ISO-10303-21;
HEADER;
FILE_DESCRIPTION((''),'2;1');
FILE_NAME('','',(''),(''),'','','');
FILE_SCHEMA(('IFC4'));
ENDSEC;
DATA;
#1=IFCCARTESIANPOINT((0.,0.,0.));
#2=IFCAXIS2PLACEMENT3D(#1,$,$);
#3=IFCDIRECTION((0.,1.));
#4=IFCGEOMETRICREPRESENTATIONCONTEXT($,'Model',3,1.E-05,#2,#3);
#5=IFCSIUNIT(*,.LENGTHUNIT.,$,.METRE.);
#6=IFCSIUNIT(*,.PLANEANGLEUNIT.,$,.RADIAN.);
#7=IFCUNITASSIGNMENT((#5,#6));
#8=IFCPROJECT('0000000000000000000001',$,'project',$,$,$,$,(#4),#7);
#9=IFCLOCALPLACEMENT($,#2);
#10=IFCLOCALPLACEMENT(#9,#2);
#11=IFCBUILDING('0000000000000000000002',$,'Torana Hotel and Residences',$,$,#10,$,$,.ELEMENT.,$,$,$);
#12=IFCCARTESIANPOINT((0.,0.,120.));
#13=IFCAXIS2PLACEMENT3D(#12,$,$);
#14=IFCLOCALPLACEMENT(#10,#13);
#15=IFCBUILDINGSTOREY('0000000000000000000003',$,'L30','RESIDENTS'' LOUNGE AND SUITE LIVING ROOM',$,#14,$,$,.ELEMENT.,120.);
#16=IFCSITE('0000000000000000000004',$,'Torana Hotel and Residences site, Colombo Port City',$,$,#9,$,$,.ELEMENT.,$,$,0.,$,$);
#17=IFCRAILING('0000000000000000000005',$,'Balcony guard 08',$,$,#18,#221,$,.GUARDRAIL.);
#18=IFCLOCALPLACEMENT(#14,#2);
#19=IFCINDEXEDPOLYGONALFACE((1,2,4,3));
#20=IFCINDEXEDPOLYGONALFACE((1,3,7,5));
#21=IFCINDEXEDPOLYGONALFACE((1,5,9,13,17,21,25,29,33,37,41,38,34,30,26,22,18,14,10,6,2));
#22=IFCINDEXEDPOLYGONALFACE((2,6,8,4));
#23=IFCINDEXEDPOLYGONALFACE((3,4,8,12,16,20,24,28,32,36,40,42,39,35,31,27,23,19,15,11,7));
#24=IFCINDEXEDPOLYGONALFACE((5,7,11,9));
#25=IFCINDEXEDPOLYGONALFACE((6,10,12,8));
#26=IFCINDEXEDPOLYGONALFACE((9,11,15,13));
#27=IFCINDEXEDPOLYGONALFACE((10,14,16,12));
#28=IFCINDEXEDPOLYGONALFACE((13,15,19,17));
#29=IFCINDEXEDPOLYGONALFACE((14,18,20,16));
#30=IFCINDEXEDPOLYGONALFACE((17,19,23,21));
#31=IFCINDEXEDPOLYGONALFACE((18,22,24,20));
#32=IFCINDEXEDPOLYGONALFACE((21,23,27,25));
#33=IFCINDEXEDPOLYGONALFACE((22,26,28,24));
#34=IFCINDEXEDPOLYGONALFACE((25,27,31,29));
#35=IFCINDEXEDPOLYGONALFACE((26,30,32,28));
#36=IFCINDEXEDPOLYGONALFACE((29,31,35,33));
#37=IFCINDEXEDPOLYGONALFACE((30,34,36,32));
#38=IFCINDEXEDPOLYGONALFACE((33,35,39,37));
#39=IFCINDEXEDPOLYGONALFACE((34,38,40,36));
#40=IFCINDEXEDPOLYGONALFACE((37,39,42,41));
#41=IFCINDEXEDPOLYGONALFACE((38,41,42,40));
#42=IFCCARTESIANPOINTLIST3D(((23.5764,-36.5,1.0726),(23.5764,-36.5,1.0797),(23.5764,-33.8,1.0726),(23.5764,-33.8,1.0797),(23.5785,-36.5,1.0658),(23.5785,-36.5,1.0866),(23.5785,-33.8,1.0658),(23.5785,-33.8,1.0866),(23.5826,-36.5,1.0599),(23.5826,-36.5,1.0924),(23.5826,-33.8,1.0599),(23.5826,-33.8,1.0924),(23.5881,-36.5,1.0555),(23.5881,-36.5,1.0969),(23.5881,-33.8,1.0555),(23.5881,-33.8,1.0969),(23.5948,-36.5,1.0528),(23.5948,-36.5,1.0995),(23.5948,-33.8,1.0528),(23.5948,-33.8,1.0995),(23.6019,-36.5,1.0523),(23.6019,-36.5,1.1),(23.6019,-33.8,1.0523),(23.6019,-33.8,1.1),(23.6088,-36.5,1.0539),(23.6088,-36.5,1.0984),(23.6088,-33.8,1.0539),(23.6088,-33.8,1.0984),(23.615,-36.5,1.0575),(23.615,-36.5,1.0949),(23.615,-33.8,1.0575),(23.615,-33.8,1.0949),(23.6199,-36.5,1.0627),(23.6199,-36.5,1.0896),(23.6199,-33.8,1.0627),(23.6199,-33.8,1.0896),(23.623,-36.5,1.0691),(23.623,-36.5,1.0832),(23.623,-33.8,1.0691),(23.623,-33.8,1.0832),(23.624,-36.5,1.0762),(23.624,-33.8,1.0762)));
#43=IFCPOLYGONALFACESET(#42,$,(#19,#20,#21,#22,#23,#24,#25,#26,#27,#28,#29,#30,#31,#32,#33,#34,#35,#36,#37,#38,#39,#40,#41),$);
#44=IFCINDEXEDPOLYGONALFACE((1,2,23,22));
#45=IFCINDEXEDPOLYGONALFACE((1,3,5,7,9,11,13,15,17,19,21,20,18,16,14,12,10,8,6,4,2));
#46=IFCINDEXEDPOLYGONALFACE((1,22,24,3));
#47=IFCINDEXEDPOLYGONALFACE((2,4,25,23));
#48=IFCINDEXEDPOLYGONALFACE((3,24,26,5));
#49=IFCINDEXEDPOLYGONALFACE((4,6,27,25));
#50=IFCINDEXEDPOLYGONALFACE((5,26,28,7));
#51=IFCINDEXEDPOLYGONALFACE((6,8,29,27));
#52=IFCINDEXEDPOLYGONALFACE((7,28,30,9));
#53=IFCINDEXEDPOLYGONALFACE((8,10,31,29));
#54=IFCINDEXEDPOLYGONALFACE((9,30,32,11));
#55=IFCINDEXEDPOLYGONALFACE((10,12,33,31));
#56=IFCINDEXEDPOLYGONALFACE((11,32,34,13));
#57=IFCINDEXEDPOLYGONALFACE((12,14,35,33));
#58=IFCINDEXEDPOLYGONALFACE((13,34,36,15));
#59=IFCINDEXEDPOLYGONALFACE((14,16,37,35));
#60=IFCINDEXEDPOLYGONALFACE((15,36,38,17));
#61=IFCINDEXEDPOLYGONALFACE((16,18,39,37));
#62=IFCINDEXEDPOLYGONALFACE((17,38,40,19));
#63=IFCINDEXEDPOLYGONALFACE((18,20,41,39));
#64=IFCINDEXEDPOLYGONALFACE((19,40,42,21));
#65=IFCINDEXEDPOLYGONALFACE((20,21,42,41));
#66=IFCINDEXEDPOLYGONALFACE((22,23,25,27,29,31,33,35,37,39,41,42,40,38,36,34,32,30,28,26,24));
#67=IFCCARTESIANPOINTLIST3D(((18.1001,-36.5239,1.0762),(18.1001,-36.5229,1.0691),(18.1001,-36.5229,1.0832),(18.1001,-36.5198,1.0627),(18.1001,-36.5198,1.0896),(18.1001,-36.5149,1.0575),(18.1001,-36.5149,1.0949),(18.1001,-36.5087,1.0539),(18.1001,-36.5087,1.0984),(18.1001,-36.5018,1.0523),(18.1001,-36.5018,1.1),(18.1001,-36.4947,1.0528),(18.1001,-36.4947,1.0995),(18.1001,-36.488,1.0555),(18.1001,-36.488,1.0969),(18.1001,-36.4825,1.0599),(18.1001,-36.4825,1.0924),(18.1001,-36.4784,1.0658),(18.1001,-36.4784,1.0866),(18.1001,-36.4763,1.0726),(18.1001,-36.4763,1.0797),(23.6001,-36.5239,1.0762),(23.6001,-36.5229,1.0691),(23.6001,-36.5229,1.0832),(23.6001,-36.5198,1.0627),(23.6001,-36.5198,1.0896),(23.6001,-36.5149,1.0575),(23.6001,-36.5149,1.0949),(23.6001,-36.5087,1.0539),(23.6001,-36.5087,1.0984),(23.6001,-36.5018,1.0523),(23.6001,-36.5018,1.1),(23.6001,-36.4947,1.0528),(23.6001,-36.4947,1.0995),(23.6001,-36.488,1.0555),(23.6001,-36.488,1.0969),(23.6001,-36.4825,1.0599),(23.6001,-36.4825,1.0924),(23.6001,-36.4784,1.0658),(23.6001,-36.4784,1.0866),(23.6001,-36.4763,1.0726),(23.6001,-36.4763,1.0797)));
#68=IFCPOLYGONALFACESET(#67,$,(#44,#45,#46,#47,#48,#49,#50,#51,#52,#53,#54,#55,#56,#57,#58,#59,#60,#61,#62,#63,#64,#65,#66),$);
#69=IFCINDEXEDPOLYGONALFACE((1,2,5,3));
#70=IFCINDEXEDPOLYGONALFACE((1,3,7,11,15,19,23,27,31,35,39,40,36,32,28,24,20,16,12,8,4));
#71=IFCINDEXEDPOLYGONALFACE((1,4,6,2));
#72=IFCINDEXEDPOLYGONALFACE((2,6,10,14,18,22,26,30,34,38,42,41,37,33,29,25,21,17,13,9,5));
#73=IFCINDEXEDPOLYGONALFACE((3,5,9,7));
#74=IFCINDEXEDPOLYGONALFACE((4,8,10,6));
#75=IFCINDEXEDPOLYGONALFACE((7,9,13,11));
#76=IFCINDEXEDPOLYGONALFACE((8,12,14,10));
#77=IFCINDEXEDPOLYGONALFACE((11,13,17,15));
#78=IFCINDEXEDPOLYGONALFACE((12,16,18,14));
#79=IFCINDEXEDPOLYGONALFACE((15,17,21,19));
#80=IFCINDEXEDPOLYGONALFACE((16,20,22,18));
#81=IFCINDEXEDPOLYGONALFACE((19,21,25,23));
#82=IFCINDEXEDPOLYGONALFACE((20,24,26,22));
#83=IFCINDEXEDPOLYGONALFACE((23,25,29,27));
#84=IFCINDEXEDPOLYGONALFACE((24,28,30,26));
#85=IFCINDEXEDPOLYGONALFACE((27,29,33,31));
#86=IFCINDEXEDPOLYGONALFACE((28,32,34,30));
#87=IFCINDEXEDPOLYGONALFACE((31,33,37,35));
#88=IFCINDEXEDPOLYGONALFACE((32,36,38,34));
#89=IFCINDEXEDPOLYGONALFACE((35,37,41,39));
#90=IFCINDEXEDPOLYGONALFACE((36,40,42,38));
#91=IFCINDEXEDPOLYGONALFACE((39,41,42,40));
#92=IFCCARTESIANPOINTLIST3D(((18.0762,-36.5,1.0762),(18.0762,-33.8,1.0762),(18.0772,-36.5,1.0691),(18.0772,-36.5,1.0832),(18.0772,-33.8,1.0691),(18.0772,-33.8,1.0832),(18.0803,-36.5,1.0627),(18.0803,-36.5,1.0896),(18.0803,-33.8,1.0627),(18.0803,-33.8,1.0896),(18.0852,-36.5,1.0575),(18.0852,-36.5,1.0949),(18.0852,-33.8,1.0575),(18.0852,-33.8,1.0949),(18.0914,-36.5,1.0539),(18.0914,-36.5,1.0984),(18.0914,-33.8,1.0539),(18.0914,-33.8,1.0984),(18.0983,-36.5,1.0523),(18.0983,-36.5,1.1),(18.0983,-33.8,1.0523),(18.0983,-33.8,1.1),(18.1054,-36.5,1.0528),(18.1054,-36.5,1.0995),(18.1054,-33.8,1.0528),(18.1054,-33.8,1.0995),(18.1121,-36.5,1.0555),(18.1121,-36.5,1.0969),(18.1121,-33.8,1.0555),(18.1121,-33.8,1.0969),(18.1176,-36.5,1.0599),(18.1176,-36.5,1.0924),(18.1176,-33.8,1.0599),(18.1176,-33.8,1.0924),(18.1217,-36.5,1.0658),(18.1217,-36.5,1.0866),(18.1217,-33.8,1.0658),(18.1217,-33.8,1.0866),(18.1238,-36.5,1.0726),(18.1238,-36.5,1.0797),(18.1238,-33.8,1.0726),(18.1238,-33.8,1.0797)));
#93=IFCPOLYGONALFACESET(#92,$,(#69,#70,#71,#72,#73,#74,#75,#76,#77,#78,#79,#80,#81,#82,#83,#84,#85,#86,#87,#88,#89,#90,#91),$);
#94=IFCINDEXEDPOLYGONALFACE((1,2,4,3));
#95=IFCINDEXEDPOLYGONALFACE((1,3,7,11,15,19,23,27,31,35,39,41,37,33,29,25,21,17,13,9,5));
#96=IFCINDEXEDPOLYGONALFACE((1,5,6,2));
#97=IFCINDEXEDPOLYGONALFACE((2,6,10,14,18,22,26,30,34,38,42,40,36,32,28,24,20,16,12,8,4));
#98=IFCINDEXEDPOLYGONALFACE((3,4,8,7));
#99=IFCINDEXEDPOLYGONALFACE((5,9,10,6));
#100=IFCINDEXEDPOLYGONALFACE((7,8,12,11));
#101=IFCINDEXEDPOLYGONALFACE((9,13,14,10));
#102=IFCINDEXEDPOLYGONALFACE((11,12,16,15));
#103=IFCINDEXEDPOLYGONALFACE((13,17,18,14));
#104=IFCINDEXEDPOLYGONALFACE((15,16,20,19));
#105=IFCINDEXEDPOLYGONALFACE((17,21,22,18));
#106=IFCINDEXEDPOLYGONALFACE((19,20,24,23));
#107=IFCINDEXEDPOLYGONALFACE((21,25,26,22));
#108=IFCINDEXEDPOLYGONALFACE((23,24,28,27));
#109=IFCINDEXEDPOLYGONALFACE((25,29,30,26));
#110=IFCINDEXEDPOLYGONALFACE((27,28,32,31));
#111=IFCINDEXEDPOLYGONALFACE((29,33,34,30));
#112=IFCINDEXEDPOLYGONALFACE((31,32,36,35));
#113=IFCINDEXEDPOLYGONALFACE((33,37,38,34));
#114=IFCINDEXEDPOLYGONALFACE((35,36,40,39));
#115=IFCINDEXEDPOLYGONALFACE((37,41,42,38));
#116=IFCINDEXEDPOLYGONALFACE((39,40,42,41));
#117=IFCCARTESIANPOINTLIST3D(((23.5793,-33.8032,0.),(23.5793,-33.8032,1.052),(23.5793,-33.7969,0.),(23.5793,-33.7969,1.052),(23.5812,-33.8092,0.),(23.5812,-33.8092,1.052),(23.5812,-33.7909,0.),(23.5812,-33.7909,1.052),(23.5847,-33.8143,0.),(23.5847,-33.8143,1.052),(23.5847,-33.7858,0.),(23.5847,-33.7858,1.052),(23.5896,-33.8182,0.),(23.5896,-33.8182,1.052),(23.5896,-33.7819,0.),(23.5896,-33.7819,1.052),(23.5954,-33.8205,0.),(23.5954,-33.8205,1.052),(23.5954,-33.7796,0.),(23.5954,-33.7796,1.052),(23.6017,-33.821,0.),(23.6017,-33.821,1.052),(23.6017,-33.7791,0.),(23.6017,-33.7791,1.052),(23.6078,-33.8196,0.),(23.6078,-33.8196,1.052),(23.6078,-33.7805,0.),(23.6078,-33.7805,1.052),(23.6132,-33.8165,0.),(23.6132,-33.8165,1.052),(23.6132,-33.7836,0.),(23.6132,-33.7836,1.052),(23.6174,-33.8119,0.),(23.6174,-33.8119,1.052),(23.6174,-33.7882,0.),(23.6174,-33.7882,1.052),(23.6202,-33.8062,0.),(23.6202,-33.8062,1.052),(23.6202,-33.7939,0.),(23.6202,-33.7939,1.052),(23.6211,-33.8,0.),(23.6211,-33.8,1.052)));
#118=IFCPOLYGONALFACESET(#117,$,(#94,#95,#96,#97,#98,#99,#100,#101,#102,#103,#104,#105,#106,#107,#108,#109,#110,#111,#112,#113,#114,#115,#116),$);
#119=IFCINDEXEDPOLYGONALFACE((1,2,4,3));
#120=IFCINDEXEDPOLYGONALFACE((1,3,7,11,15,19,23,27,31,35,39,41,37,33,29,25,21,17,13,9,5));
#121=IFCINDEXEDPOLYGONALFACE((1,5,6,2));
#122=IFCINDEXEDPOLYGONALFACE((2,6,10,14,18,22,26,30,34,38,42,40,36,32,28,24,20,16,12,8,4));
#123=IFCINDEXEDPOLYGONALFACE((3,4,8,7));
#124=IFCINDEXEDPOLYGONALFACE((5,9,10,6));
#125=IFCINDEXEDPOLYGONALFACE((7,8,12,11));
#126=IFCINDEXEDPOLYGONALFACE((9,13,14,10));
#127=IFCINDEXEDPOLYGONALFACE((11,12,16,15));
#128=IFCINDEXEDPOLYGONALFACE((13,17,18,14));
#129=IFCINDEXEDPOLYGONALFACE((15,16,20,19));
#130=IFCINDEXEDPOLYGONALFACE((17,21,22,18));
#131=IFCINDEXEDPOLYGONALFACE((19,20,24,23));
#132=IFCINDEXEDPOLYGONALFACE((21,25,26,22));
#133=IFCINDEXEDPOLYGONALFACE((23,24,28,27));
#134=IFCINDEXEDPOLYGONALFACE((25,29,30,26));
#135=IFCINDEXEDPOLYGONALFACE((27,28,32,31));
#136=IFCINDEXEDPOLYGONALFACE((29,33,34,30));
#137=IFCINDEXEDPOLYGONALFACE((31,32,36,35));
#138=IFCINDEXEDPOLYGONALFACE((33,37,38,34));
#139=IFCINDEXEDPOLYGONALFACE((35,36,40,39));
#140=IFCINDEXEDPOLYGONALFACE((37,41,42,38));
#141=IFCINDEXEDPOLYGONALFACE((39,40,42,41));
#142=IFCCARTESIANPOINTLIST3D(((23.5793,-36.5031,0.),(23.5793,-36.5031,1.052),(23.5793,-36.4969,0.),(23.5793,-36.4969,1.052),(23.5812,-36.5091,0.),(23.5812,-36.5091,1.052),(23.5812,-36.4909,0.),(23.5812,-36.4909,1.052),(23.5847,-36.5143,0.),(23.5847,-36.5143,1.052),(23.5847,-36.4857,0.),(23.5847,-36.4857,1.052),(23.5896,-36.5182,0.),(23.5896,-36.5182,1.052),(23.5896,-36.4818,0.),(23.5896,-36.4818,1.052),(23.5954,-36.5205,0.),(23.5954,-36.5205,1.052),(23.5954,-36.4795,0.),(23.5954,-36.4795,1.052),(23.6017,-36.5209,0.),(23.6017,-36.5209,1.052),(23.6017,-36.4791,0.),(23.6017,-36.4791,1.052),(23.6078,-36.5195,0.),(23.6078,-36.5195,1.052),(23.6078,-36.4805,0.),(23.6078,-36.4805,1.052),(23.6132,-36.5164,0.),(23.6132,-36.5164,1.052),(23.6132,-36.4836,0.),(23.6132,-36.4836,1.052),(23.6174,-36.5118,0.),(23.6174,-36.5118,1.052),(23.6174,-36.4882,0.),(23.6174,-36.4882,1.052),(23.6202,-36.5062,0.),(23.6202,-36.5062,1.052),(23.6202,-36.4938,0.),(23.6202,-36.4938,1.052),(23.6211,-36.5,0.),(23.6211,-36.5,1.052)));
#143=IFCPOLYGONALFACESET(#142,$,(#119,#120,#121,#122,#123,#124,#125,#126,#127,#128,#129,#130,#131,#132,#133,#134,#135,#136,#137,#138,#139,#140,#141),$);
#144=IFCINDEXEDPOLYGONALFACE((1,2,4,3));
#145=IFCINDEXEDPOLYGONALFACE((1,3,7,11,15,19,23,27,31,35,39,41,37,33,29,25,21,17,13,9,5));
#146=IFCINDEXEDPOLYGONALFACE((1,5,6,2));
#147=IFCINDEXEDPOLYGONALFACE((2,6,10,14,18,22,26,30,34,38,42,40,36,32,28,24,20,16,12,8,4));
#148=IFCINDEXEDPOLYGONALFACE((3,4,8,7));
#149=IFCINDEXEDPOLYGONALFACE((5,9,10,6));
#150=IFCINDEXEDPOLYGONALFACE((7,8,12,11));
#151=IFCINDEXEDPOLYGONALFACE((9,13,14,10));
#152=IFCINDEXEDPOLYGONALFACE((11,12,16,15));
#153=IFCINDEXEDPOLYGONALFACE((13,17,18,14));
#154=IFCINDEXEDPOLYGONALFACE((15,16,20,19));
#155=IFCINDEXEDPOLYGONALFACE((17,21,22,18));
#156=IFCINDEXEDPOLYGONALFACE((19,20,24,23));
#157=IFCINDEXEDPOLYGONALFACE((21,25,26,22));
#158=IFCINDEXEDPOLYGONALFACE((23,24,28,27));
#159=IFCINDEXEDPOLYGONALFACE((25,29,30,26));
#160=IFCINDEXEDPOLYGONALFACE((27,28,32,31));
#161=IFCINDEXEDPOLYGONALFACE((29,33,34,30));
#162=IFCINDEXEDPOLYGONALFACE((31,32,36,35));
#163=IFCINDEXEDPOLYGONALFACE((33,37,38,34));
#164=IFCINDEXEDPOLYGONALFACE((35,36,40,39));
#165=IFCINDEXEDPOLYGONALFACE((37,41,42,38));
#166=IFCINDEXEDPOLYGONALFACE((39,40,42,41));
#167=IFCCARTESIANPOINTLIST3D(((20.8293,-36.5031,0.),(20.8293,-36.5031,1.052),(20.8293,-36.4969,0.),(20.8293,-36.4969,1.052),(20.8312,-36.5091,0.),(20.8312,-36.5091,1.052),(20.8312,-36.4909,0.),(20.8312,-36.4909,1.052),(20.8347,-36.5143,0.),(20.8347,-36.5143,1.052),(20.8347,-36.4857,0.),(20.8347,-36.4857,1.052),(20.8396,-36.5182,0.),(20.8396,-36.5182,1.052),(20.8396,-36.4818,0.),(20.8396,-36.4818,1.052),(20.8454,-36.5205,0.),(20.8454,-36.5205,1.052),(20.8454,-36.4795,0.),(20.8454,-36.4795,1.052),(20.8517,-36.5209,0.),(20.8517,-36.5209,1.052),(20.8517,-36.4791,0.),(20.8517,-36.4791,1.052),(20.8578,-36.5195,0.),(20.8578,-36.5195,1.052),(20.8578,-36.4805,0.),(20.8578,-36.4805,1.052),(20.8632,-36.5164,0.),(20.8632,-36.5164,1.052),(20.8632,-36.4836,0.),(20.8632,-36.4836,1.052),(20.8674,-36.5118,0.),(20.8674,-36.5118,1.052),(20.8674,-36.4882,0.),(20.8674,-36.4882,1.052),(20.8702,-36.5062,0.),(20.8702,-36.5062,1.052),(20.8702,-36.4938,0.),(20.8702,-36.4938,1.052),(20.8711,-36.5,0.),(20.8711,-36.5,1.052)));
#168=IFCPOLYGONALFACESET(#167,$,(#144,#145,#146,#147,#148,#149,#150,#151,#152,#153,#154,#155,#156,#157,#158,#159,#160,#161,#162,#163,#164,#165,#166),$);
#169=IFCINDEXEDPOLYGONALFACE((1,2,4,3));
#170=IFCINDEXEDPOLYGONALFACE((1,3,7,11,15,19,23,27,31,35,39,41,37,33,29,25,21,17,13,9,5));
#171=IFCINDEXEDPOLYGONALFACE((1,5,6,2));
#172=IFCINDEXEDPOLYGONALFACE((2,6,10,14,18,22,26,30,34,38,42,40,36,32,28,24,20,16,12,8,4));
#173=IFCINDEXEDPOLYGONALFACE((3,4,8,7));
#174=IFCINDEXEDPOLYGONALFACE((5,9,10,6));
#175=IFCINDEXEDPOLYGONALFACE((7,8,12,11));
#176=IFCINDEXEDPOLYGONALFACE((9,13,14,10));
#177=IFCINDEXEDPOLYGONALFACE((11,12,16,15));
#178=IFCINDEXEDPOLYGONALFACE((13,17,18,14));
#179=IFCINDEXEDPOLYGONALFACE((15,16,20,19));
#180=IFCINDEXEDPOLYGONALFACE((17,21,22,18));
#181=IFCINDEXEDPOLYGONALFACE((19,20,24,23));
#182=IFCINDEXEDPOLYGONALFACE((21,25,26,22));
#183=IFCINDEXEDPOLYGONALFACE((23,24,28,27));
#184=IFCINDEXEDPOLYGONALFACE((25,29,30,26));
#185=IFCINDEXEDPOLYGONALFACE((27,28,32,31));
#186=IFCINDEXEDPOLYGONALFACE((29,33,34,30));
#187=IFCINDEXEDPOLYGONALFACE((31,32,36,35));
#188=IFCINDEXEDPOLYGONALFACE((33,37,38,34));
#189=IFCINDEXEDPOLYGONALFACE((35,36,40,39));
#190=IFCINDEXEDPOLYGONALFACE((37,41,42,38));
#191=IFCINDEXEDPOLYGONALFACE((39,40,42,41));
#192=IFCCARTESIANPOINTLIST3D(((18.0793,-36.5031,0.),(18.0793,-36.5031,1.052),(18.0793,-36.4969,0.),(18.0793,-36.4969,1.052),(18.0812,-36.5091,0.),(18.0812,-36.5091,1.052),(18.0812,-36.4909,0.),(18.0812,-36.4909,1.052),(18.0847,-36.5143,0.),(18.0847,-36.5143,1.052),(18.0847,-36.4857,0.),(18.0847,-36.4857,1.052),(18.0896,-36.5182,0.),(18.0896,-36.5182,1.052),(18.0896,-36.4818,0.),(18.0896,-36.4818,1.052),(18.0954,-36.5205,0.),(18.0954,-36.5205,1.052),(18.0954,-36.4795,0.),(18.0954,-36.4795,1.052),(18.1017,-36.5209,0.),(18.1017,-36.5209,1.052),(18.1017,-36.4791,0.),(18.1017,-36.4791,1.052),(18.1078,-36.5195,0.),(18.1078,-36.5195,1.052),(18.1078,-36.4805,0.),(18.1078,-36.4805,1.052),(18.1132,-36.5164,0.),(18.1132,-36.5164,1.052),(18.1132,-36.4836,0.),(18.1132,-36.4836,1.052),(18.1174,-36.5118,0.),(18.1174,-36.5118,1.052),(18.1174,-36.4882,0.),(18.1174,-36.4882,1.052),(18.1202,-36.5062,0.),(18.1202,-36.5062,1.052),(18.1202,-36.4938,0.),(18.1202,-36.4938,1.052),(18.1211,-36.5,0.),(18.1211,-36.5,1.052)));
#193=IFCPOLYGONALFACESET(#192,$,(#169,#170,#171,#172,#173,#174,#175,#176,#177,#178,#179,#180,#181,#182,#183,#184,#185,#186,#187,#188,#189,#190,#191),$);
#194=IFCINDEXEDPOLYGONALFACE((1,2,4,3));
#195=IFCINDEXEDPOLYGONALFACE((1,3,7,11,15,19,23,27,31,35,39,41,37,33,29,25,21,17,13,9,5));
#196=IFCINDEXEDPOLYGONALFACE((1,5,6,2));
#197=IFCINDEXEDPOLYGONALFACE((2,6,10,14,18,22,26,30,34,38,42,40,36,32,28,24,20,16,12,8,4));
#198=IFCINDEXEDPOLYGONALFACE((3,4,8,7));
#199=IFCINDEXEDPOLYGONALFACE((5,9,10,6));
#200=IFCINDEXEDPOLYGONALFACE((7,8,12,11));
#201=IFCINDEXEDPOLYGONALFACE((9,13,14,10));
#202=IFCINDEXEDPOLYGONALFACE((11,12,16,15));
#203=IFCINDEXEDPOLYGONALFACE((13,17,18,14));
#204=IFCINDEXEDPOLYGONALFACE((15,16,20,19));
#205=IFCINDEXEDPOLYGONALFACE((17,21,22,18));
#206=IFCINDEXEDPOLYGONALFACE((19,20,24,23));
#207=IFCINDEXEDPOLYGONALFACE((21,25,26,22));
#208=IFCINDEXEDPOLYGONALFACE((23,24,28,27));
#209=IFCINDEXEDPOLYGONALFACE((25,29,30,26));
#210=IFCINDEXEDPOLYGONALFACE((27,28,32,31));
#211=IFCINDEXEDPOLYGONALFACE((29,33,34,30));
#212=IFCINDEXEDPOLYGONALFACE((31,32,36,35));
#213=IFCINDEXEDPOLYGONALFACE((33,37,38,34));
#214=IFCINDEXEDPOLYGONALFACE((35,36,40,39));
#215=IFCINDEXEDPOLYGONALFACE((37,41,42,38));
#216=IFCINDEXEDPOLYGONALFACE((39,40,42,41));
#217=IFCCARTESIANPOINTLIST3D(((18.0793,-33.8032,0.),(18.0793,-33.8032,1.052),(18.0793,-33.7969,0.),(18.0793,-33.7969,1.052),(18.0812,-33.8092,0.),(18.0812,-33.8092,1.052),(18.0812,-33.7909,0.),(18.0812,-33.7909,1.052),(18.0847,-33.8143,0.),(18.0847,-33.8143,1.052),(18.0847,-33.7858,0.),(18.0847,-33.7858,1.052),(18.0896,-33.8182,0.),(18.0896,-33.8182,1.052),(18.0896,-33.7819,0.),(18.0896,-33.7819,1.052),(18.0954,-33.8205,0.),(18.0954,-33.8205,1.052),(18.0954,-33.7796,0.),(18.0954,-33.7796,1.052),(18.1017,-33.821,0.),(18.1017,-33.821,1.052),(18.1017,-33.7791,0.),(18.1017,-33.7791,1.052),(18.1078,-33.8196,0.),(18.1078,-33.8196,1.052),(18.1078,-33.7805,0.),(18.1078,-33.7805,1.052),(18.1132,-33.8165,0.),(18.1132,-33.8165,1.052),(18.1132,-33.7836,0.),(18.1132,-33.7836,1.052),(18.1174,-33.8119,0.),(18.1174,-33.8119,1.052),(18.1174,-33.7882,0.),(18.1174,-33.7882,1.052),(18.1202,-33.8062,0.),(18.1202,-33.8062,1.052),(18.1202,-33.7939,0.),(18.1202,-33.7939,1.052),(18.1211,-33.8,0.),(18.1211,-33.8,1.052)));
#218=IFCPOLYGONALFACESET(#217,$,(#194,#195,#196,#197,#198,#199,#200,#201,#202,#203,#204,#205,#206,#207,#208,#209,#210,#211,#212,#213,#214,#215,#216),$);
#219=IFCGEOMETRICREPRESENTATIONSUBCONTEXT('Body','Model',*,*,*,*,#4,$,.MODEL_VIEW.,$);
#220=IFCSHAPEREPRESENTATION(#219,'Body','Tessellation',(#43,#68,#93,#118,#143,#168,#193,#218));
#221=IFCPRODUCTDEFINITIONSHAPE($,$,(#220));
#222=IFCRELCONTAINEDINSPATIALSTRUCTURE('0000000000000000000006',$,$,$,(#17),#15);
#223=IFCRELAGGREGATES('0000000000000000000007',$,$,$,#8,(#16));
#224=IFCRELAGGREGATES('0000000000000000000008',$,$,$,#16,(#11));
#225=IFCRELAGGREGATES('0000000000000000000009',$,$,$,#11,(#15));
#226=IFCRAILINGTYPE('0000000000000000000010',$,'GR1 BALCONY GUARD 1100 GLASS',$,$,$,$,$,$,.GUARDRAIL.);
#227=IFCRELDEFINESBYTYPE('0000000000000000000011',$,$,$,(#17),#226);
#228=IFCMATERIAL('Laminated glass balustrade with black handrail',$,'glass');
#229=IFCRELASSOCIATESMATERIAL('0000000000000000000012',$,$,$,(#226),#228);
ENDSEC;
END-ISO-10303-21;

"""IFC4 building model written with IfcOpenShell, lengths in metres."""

from ifc_helpers import new_model, si_unit, direction, frame, origin, origin_2d, place, context, subcontext, project, spatial, circle, extrude, material, type_object, element, save


model = new_model("IFC4")

# Units and contexts
model_context = context("Model", 3, precision=1e-05, world=origin(), true_north=direction((0.0, 1.0)))
body_context = subcontext(model_context, "Body", "Model", "MODEL_VIEW")
ifc_project = project(units=[si_unit("LENGTHUNIT", "METRE"), si_unit("PLANEANGLEUNIT", "RADIAN")], contexts=[model_context])

# Site, building, storey
site_placement = place(None, origin())
site = spatial("IfcSite", under=ifc_project, at=site_placement, Name="Torana Hotel and Residences site, Colombo Port City", CompositionType="ELEMENT", RefElevation=0.0)
building_placement = place(site_placement, origin())
building = spatial("IfcBuilding", under=site, at=building_placement, Name="Torana Hotel and Residences", CompositionType="ELEMENT")
storey_placement = place(building_placement, frame((0.0, 0.0, 120.0)))
storey = spatial("IfcBuildingStorey", under=building, at=storey_placement, Name="L30", Description="RESIDENTS' LOUNGE AND SUITE LIVING ROOM", CompositionType="ELEMENT", Elevation=120.0)

# Railing
ifc_material_1 = material(Name="Laminated glass balustrade with black handrail", Category="glass")
railing_type = type_object("IfcRailingType", Name="GR1 BALCONY GUARD 1100 GLASS", PredefinedType="GUARDRAIL", material=ifc_material_1)
railing_1_placement = place(storey_placement, frame((23.6001, -33.8, 0.0)))
element("IfcRailing", 1, at=railing_1_placement, inside=storey, type_object=railing_type, Name="Balcony guard 08", PredefinedType="GUARDRAIL", context=body_context, shape_type="SweptSolid", body=[
    extrude(circle(Radius=0.0239, at=origin_2d()), frame((0.0, 0.0, 1.0762), z_axis=(0.0, -1.0, 0.0), x_axis=(1.0, 0.0, 0.0)), (0.0, 0.0, 1.0), 2.7),
    extrude(circle(Radius=0.0239, at=origin_2d()), frame((0.0, -2.7, 1.0762), z_axis=(-1.0, 0.0, 0.0), x_axis=(0.0, -1.0, 0.0)), (0.0, 0.0, 1.0), 5.5),
    extrude(circle(Radius=0.0239, at=origin_2d()), frame((-5.5, -2.7, 1.0762), z_axis=(0.0, 1.0, 0.0), x_axis=(-1.0, 0.0, 0.0)), (0.0, 0.0, 1.0), 2.7),
    extrude(circle(Radius=0.021, at=origin_2d()), origin(), (0.0, 0.0, 1.0), 1.052),
    extrude(circle(Radius=0.021, at=origin_2d()), frame((0.0, -2.7, 0.0)), (0.0, 0.0, 1.0), 1.052),
    extrude(circle(Radius=0.021, at=origin_2d()), frame((-2.75, -2.7, 0.0)), (0.0, 0.0, 1.0), 1.052),
    extrude(circle(Radius=0.021, at=origin_2d()), frame((-5.5, -2.7, 0.0)), (0.0, 0.0, 1.0), 1.052),
    extrude(circle(Radius=0.021, at=origin_2d()), frame((-5.5, 0.0, 0.0)), (0.0, 0.0, 1.0), 1.052),
])

save(model, "model.ifc")
